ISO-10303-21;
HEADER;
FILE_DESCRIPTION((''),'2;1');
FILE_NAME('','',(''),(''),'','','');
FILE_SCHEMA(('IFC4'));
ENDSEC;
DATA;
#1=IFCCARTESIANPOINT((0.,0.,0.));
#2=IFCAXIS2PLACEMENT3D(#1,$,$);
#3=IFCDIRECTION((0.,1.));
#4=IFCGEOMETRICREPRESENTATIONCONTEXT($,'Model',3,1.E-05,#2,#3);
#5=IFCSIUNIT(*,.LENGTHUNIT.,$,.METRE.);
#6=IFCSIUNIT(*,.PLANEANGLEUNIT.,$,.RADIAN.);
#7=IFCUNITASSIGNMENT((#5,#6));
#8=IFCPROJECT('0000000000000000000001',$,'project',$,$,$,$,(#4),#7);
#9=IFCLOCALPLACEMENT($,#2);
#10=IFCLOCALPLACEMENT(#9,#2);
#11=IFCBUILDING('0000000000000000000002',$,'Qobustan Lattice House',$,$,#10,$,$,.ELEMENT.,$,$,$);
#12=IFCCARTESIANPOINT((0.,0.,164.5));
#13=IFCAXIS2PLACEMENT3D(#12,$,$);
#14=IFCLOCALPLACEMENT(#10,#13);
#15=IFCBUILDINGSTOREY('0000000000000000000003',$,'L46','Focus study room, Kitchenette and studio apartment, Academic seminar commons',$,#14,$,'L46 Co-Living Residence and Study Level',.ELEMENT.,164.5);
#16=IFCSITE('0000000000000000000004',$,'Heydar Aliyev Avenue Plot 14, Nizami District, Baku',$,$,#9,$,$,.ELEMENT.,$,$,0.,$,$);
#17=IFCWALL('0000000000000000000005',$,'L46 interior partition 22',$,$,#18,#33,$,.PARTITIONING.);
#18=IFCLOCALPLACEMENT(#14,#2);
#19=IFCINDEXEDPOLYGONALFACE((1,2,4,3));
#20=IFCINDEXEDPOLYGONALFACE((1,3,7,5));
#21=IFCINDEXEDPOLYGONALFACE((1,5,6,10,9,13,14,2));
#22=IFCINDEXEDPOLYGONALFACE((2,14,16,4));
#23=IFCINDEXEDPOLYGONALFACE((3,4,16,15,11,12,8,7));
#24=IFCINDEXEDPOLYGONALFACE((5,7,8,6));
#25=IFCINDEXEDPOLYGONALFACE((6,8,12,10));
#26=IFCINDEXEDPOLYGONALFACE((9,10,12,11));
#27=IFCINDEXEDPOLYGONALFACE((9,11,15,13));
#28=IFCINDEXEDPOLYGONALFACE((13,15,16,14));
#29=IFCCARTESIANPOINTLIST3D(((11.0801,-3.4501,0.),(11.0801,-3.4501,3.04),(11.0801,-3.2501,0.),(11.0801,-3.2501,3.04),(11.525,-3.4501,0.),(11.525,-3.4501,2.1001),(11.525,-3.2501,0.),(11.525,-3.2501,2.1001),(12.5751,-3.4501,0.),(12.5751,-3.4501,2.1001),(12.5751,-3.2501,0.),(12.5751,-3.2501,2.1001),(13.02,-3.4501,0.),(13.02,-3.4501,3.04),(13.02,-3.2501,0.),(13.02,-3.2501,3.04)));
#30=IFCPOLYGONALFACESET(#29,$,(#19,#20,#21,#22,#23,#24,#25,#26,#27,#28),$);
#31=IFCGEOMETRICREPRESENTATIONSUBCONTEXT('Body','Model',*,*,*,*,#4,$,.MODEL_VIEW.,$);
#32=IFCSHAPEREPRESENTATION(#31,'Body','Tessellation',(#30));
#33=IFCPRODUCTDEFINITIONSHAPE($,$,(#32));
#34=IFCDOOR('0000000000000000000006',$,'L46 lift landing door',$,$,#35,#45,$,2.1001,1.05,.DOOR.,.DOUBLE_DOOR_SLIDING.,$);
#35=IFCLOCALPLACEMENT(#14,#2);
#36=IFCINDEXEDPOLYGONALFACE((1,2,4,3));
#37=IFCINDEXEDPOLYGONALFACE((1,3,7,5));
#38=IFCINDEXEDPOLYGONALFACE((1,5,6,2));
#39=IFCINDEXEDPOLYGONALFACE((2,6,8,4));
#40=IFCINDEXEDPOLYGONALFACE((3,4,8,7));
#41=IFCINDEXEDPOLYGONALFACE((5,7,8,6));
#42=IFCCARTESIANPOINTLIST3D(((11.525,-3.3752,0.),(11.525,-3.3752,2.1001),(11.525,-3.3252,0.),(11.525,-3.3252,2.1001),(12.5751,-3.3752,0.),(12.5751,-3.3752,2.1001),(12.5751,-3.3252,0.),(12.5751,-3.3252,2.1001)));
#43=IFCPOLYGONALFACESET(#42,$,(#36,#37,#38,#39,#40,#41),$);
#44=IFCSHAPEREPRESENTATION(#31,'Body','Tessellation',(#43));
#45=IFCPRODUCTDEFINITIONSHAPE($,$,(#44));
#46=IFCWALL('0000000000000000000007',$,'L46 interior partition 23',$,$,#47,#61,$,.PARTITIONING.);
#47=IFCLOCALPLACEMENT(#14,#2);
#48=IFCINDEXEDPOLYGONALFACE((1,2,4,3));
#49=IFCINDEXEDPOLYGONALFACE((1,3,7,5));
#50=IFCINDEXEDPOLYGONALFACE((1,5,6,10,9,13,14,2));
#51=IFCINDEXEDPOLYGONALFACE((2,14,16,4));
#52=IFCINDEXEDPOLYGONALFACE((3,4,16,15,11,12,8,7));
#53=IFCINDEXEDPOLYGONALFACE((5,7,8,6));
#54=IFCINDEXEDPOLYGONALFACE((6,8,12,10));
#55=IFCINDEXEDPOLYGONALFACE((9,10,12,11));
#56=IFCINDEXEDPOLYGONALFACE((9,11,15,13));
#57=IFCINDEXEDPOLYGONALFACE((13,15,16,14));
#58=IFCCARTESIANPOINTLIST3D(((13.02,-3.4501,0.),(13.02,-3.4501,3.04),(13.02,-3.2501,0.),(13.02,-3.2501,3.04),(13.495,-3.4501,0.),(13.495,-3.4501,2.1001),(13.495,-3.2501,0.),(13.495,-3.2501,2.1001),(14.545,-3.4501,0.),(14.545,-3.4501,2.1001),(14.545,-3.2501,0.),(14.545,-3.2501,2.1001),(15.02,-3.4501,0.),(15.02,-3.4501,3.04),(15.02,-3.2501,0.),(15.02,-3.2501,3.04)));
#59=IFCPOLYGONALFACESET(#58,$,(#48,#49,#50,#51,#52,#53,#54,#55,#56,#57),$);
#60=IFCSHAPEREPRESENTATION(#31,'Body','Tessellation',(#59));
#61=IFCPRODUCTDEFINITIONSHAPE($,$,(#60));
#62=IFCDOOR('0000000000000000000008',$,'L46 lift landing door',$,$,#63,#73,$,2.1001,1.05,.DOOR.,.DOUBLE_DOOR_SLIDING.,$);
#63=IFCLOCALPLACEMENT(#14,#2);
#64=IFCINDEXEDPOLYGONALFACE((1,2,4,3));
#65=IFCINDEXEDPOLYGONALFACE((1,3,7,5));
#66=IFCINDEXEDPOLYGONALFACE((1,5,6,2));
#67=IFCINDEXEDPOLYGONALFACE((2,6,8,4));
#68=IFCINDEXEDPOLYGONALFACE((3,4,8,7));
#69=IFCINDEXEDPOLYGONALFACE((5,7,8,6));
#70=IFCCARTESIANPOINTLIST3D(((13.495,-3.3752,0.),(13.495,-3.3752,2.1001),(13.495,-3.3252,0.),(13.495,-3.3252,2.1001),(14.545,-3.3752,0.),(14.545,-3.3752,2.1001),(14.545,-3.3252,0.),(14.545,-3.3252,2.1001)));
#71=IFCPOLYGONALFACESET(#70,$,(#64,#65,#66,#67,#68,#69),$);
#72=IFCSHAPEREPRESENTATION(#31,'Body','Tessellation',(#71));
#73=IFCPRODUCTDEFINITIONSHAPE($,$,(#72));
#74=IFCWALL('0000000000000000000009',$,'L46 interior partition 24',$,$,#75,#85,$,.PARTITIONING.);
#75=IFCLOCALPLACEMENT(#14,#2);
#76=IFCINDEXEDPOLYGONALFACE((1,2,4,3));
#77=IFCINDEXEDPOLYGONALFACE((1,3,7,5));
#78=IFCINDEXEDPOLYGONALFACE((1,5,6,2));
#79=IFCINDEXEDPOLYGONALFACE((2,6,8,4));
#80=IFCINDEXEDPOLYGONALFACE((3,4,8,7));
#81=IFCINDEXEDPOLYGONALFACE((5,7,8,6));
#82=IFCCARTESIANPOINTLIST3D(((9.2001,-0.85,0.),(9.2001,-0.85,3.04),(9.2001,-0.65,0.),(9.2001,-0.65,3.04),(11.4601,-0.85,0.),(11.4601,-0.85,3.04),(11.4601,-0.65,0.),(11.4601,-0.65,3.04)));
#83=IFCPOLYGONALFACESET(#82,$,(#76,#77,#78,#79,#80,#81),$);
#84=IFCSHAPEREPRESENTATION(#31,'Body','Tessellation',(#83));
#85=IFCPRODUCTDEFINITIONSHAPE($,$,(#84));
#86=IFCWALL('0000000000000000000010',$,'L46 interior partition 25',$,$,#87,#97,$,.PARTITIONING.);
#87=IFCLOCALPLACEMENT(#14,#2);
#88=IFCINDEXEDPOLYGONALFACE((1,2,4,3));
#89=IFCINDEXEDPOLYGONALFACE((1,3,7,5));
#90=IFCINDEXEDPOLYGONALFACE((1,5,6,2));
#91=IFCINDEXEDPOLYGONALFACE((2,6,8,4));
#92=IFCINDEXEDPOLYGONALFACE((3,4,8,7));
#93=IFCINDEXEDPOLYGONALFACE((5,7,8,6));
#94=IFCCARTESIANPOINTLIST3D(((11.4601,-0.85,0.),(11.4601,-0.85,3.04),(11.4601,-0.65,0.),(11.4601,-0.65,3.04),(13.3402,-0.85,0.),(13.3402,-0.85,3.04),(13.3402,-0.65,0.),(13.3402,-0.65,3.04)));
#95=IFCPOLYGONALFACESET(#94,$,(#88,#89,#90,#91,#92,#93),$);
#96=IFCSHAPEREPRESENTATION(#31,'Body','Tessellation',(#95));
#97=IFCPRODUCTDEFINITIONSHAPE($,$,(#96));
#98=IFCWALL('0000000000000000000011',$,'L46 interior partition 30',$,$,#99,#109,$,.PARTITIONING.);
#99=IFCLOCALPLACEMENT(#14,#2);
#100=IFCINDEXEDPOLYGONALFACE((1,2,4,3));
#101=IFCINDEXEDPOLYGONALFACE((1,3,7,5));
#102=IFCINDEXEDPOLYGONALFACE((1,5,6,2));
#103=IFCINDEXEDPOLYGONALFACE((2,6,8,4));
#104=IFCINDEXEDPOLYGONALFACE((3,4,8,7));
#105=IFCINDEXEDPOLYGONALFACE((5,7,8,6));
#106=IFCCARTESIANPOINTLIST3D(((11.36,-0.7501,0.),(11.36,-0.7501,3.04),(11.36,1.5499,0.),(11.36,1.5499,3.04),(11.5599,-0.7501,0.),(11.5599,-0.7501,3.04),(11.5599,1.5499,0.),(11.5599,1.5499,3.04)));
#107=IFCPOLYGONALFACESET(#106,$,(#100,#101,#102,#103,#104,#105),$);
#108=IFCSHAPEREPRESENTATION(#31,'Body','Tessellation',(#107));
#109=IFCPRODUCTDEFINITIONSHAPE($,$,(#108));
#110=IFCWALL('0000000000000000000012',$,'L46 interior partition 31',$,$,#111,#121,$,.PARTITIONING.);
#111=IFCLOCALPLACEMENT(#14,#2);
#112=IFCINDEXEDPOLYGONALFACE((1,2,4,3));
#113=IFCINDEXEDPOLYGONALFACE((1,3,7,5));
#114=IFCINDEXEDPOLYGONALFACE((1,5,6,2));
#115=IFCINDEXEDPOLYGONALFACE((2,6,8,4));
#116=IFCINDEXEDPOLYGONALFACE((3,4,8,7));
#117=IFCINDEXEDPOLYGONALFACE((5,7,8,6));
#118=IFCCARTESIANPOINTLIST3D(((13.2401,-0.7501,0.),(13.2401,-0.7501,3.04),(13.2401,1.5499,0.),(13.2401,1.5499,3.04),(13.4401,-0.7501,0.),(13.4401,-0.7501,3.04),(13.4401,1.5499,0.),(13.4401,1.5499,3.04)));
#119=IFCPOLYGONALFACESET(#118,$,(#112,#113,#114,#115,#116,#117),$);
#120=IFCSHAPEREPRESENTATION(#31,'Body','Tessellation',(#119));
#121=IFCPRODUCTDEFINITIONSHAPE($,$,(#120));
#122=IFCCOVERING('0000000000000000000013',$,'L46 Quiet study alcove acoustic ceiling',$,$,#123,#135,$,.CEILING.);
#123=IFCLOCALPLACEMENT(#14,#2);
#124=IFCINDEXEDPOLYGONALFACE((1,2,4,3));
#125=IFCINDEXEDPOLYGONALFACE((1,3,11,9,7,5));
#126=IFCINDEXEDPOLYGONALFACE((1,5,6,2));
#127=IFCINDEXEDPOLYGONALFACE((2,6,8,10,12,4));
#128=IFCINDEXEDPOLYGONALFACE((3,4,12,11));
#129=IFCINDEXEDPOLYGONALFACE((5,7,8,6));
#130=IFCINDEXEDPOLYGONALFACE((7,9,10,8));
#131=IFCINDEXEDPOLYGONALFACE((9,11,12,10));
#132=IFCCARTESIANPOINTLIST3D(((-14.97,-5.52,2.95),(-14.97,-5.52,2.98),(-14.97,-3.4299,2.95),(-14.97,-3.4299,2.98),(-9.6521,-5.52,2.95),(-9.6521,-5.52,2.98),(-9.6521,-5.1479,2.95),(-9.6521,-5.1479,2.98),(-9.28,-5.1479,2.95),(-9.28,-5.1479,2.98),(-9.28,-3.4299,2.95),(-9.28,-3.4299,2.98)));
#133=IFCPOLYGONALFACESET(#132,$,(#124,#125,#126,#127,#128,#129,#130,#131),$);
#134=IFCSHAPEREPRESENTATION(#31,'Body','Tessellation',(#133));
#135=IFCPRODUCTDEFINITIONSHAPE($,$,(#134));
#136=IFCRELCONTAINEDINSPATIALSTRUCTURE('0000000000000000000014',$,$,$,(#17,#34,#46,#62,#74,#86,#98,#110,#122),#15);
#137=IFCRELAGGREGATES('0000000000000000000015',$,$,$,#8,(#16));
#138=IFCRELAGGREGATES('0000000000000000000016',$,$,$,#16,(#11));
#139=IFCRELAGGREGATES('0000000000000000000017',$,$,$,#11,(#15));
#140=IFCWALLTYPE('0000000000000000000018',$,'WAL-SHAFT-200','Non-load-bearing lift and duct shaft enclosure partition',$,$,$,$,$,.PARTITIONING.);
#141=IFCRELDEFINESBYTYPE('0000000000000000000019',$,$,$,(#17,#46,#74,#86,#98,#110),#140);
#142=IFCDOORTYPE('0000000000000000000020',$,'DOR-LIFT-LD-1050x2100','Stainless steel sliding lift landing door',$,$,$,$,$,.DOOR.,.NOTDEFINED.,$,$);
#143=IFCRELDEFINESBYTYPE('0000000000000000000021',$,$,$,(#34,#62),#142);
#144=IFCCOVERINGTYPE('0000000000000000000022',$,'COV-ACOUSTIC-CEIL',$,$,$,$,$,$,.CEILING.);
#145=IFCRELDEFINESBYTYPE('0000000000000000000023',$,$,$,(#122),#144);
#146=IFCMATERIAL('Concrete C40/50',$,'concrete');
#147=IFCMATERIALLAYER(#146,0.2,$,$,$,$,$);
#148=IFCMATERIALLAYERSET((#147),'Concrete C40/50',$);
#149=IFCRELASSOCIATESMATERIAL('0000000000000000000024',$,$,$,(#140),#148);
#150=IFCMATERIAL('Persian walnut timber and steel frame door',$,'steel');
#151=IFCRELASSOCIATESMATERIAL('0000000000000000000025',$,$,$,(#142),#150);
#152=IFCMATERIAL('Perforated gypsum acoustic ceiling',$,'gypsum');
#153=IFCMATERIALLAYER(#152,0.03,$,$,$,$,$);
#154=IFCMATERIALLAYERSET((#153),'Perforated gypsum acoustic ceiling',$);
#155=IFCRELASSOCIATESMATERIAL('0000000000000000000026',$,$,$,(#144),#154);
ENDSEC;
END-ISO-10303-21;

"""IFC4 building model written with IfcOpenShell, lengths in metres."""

from ifc_helpers import new_model, si_unit, direction, frame, frame_2d, origin, place, context, subcontext, project, spatial, polyline, rectangle, outline, extrude, material, layer, layer_set, type_object, element, fill, save


model = new_model("IFC4")

# Units and contexts
model_context = context("Model", 3, precision=1e-05, world=origin(), true_north=direction((0.0, 1.0)))
body_context = subcontext(model_context, "Body", "Model", "MODEL_VIEW")
ifc_project = project(units=[si_unit("LENGTHUNIT", "METRE"), si_unit("PLANEANGLEUNIT", "RADIAN")], contexts=[model_context])

# Site, building, storey
site_placement = place(None, origin())
site = spatial("IfcSite", under=ifc_project, at=site_placement, Name="Heydar Aliyev Avenue Plot 14, Nizami District, Baku", CompositionType="ELEMENT", RefElevation=0.0)
building_placement = place(site_placement, origin())
building = spatial("IfcBuilding", under=site, at=building_placement, Name="Qobustan Lattice House", CompositionType="ELEMENT")
storey_placement = place(building_placement, frame((0.0, 0.0, 164.5)))
storey = spatial("IfcBuildingStorey", under=building, at=storey_placement, Name="L46", Description="Focus study room, Kitchenette and studio apartment, Academic seminar commons", LongName="L46 Co-Living Residence and Study Level", CompositionType="ELEMENT", Elevation=164.5)

# Shared definitions
ifc_material_1 = material(Name="Concrete C40/50", Category="concrete")
ifc_layer_1 = layer(ifc_material_1, 0.2)
ifc_layer_set_1 = layer_set([ifc_layer_1], Name="Concrete C40/50")
wall_type_1 = type_object("IfcWallType", Name="WAL-SHAFT-200", Description="Non-load-bearing lift and duct shaft enclosure partition", PredefinedType="PARTITIONING", material=ifc_layer_set_1)

# Walls, openings, doors
wall_1_placement = place(storey_placement, frame((11.0801, -3.3501, 0.0), z_axis=(0.0, 0.0, 1.0), x_axis=(1.0, 0.0, 0.0)))
wall_1 = element("IfcWall", 1, at=wall_1_placement, inside=storey, type_object=wall_type_1, Name="L46 interior partition 22", PredefinedType="PARTITIONING", context=body_context, shape_type="SweptSolid", body=[
    extrude(rectangle(XDim=1.9399, YDim=0.2, at=frame_2d((0.97, 0.0))), origin(), (0.0, 0.0, 1.0), 3.04),
])
opening_1_placement = place(wall_1_placement, frame((0.4451, 0.0, 0.0)))
opening_1 = element("IfcOpeningElement", 2, at=opening_1_placement, cuts=wall_1, PredefinedType="OPENING", context=body_context, shape_type="SweptSolid", body=[
    extrude(rectangle(XDim=1.05, YDim=2.1001, at=frame_2d((0.5249, 1.05))), frame((0.0, 0.1099, 0.0), z_axis=(0.0, -1.0, 0.0), x_axis=(1.0, 0.0, 0.0)), (0.0, 0.0, 1.0), 0.22),
])
ifc_material_2 = material(Name="Persian walnut timber and steel frame door", Category="steel")
door_type_1 = type_object("IfcDoorType", Name="DOR-LIFT-LD-1050x2100", Description="Stainless steel sliding lift landing door", OperationType="NOTDEFINED", PredefinedType="DOOR", material=ifc_material_2)
door_1_placement = place(opening_1_placement, origin())
door_1 = element("IfcDoor", 3, at=door_1_placement, inside=storey, type_object=door_type_1, Name="L46 lift landing door", OperationType="DOUBLE_DOOR_SLIDING", OverallHeight=2.1001, OverallWidth=1.05, PredefinedType="DOOR", context=body_context, shape_type="SweptSolid", body=[
    extrude(rectangle(XDim=1.05, YDim=2.1001, at=frame_2d((0.5249, 1.05))), frame((0.0, 0.0249, 0.0), z_axis=(0.0, -1.0, 0.0), x_axis=(1.0, 0.0, 0.0)), (0.0, 0.0, 1.0), 0.05),
])
fill(opening_1, door_1)
wall_2_placement = place(storey_placement, frame((13.02, -3.3501, 0.0), z_axis=(0.0, 0.0, 1.0), x_axis=(1.0, 0.0, 0.0)))
wall_2 = element("IfcWall", 4, at=wall_2_placement, inside=storey, type_object=wall_type_1, Name="L46 interior partition 23", PredefinedType="PARTITIONING", context=body_context, shape_type="SweptSolid", body=[
    extrude(rectangle(XDim=2.0, YDim=0.2, at=frame_2d((1.0, 0.0))), origin(), (0.0, 0.0, 1.0), 3.04),
])
opening_2_placement = place(wall_2_placement, frame((0.4751, 0.0, 0.0)))
opening_2 = element("IfcOpeningElement", 5, at=opening_2_placement, cuts=wall_2, PredefinedType="OPENING", context=body_context, shape_type="SweptSolid", body=[
    extrude(rectangle(XDim=1.05, YDim=2.1001, at=frame_2d((0.5249, 1.05))), frame((0.0, 0.1099, 0.0), z_axis=(0.0, -1.0, 0.0), x_axis=(1.0, 0.0, 0.0)), (0.0, 0.0, 1.0), 0.22),
])
door_2_placement = place(opening_2_placement, origin())
door_2 = element("IfcDoor", 6, at=door_2_placement, inside=storey, type_object=door_type_1, Name="L46 lift landing door", OperationType="DOUBLE_DOOR_SLIDING", OverallHeight=2.1001, OverallWidth=1.05, PredefinedType="DOOR", context=body_context, shape_type="SweptSolid", body=[
    extrude(rectangle(XDim=1.05, YDim=2.1001, at=frame_2d((0.5249, 1.05))), frame((0.0, 0.0249, 0.0), z_axis=(0.0, -1.0, 0.0), x_axis=(1.0, 0.0, 0.0)), (0.0, 0.0, 1.0), 0.05),
])
fill(opening_2, door_2)

# Walls
wall_3_placement = place(storey_placement, frame((11.46, -0.75, 0.0), z_axis=(0.0, 0.0, 1.0), x_axis=(-1.0, 0.0, 0.0)))
element("IfcWall", 7, at=wall_3_placement, inside=storey, type_object=wall_type_1, Name="L46 interior partition 24", PredefinedType="PARTITIONING", context=body_context, shape_type="SweptSolid", body=[
    extrude(rectangle(XDim=2.26, YDim=0.2, at=frame_2d((1.1299, 0.0))), origin(), (0.0, 0.0, 1.0), 3.04),
])
wall_4_placement = place(storey_placement, frame((13.3401, -0.75, 0.0), z_axis=(0.0, 0.0, 1.0), x_axis=(-1.0, 0.0, 0.0)))
element("IfcWall", 8, at=wall_4_placement, inside=storey, type_object=wall_type_1, Name="L46 interior partition 25", PredefinedType="PARTITIONING", context=body_context, shape_type="SweptSolid", body=[
    extrude(rectangle(XDim=1.8801, YDim=0.2, at=frame_2d((0.9399, 0.0))), origin(), (0.0, 0.0, 1.0), 3.04),
])
for number, where, z_axis, x_axis, name in (
    (9, (11.46, -0.75, 0.0), (0.0, 0.0, 1.0), (0.0, 1.0, 0.0), "L46 interior partition 30"),
    (10, (13.3401, -0.75, 0.0), (0.0, 0.0, 1.0), (0.0, 1.0, 0.0), "L46 interior partition 31"),
):
    element("IfcWall", number, at=place(storey_placement, frame(where, z_axis=z_axis, x_axis=x_axis)), inside=storey, type_object=wall_type_1, Name=name, PredefinedType="PARTITIONING", context=body_context, shape_type="SweptSolid", body=[
        extrude(rectangle(XDim=2.3, YDim=0.2, at=frame_2d((1.1499, 0.0))), origin(), (0.0, 0.0, 1.0), 3.04),
    ])

# Covering
ifc_material_3 = material(Name="Perforated gypsum acoustic ceiling", Category="gypsum")
ifc_layer_2 = layer(ifc_material_3, 0.03)
ifc_layer_set_2 = layer_set([ifc_layer_2], Name="Perforated gypsum acoustic ceiling")
covering_type = type_object("IfcCoveringType", Name="COV-ACOUSTIC-CEIL", PredefinedType="CEILING", material=ifc_layer_set_2)
covering_placement = place(storey_placement, frame((0.0, 0.0, 2.95)))
element("IfcCovering", 11, at=covering_placement, inside=storey, type_object=covering_type, Name="L46 Quiet study alcove acoustic ceiling", PredefinedType="CEILING", context=body_context, shape_type="SweptSolid", body=[
    extrude(outline(polyline([(-14.97, -3.4299), (-14.97, -5.52), (-9.6521, -5.52), (-9.6521, -5.1479), (-9.28, -5.1479), (-9.28, -3.4299), (-14.97, -3.4299)])), origin(), (0.0, 0.0, 1.0), 0.03),
])

save(model, "model.ifc")
